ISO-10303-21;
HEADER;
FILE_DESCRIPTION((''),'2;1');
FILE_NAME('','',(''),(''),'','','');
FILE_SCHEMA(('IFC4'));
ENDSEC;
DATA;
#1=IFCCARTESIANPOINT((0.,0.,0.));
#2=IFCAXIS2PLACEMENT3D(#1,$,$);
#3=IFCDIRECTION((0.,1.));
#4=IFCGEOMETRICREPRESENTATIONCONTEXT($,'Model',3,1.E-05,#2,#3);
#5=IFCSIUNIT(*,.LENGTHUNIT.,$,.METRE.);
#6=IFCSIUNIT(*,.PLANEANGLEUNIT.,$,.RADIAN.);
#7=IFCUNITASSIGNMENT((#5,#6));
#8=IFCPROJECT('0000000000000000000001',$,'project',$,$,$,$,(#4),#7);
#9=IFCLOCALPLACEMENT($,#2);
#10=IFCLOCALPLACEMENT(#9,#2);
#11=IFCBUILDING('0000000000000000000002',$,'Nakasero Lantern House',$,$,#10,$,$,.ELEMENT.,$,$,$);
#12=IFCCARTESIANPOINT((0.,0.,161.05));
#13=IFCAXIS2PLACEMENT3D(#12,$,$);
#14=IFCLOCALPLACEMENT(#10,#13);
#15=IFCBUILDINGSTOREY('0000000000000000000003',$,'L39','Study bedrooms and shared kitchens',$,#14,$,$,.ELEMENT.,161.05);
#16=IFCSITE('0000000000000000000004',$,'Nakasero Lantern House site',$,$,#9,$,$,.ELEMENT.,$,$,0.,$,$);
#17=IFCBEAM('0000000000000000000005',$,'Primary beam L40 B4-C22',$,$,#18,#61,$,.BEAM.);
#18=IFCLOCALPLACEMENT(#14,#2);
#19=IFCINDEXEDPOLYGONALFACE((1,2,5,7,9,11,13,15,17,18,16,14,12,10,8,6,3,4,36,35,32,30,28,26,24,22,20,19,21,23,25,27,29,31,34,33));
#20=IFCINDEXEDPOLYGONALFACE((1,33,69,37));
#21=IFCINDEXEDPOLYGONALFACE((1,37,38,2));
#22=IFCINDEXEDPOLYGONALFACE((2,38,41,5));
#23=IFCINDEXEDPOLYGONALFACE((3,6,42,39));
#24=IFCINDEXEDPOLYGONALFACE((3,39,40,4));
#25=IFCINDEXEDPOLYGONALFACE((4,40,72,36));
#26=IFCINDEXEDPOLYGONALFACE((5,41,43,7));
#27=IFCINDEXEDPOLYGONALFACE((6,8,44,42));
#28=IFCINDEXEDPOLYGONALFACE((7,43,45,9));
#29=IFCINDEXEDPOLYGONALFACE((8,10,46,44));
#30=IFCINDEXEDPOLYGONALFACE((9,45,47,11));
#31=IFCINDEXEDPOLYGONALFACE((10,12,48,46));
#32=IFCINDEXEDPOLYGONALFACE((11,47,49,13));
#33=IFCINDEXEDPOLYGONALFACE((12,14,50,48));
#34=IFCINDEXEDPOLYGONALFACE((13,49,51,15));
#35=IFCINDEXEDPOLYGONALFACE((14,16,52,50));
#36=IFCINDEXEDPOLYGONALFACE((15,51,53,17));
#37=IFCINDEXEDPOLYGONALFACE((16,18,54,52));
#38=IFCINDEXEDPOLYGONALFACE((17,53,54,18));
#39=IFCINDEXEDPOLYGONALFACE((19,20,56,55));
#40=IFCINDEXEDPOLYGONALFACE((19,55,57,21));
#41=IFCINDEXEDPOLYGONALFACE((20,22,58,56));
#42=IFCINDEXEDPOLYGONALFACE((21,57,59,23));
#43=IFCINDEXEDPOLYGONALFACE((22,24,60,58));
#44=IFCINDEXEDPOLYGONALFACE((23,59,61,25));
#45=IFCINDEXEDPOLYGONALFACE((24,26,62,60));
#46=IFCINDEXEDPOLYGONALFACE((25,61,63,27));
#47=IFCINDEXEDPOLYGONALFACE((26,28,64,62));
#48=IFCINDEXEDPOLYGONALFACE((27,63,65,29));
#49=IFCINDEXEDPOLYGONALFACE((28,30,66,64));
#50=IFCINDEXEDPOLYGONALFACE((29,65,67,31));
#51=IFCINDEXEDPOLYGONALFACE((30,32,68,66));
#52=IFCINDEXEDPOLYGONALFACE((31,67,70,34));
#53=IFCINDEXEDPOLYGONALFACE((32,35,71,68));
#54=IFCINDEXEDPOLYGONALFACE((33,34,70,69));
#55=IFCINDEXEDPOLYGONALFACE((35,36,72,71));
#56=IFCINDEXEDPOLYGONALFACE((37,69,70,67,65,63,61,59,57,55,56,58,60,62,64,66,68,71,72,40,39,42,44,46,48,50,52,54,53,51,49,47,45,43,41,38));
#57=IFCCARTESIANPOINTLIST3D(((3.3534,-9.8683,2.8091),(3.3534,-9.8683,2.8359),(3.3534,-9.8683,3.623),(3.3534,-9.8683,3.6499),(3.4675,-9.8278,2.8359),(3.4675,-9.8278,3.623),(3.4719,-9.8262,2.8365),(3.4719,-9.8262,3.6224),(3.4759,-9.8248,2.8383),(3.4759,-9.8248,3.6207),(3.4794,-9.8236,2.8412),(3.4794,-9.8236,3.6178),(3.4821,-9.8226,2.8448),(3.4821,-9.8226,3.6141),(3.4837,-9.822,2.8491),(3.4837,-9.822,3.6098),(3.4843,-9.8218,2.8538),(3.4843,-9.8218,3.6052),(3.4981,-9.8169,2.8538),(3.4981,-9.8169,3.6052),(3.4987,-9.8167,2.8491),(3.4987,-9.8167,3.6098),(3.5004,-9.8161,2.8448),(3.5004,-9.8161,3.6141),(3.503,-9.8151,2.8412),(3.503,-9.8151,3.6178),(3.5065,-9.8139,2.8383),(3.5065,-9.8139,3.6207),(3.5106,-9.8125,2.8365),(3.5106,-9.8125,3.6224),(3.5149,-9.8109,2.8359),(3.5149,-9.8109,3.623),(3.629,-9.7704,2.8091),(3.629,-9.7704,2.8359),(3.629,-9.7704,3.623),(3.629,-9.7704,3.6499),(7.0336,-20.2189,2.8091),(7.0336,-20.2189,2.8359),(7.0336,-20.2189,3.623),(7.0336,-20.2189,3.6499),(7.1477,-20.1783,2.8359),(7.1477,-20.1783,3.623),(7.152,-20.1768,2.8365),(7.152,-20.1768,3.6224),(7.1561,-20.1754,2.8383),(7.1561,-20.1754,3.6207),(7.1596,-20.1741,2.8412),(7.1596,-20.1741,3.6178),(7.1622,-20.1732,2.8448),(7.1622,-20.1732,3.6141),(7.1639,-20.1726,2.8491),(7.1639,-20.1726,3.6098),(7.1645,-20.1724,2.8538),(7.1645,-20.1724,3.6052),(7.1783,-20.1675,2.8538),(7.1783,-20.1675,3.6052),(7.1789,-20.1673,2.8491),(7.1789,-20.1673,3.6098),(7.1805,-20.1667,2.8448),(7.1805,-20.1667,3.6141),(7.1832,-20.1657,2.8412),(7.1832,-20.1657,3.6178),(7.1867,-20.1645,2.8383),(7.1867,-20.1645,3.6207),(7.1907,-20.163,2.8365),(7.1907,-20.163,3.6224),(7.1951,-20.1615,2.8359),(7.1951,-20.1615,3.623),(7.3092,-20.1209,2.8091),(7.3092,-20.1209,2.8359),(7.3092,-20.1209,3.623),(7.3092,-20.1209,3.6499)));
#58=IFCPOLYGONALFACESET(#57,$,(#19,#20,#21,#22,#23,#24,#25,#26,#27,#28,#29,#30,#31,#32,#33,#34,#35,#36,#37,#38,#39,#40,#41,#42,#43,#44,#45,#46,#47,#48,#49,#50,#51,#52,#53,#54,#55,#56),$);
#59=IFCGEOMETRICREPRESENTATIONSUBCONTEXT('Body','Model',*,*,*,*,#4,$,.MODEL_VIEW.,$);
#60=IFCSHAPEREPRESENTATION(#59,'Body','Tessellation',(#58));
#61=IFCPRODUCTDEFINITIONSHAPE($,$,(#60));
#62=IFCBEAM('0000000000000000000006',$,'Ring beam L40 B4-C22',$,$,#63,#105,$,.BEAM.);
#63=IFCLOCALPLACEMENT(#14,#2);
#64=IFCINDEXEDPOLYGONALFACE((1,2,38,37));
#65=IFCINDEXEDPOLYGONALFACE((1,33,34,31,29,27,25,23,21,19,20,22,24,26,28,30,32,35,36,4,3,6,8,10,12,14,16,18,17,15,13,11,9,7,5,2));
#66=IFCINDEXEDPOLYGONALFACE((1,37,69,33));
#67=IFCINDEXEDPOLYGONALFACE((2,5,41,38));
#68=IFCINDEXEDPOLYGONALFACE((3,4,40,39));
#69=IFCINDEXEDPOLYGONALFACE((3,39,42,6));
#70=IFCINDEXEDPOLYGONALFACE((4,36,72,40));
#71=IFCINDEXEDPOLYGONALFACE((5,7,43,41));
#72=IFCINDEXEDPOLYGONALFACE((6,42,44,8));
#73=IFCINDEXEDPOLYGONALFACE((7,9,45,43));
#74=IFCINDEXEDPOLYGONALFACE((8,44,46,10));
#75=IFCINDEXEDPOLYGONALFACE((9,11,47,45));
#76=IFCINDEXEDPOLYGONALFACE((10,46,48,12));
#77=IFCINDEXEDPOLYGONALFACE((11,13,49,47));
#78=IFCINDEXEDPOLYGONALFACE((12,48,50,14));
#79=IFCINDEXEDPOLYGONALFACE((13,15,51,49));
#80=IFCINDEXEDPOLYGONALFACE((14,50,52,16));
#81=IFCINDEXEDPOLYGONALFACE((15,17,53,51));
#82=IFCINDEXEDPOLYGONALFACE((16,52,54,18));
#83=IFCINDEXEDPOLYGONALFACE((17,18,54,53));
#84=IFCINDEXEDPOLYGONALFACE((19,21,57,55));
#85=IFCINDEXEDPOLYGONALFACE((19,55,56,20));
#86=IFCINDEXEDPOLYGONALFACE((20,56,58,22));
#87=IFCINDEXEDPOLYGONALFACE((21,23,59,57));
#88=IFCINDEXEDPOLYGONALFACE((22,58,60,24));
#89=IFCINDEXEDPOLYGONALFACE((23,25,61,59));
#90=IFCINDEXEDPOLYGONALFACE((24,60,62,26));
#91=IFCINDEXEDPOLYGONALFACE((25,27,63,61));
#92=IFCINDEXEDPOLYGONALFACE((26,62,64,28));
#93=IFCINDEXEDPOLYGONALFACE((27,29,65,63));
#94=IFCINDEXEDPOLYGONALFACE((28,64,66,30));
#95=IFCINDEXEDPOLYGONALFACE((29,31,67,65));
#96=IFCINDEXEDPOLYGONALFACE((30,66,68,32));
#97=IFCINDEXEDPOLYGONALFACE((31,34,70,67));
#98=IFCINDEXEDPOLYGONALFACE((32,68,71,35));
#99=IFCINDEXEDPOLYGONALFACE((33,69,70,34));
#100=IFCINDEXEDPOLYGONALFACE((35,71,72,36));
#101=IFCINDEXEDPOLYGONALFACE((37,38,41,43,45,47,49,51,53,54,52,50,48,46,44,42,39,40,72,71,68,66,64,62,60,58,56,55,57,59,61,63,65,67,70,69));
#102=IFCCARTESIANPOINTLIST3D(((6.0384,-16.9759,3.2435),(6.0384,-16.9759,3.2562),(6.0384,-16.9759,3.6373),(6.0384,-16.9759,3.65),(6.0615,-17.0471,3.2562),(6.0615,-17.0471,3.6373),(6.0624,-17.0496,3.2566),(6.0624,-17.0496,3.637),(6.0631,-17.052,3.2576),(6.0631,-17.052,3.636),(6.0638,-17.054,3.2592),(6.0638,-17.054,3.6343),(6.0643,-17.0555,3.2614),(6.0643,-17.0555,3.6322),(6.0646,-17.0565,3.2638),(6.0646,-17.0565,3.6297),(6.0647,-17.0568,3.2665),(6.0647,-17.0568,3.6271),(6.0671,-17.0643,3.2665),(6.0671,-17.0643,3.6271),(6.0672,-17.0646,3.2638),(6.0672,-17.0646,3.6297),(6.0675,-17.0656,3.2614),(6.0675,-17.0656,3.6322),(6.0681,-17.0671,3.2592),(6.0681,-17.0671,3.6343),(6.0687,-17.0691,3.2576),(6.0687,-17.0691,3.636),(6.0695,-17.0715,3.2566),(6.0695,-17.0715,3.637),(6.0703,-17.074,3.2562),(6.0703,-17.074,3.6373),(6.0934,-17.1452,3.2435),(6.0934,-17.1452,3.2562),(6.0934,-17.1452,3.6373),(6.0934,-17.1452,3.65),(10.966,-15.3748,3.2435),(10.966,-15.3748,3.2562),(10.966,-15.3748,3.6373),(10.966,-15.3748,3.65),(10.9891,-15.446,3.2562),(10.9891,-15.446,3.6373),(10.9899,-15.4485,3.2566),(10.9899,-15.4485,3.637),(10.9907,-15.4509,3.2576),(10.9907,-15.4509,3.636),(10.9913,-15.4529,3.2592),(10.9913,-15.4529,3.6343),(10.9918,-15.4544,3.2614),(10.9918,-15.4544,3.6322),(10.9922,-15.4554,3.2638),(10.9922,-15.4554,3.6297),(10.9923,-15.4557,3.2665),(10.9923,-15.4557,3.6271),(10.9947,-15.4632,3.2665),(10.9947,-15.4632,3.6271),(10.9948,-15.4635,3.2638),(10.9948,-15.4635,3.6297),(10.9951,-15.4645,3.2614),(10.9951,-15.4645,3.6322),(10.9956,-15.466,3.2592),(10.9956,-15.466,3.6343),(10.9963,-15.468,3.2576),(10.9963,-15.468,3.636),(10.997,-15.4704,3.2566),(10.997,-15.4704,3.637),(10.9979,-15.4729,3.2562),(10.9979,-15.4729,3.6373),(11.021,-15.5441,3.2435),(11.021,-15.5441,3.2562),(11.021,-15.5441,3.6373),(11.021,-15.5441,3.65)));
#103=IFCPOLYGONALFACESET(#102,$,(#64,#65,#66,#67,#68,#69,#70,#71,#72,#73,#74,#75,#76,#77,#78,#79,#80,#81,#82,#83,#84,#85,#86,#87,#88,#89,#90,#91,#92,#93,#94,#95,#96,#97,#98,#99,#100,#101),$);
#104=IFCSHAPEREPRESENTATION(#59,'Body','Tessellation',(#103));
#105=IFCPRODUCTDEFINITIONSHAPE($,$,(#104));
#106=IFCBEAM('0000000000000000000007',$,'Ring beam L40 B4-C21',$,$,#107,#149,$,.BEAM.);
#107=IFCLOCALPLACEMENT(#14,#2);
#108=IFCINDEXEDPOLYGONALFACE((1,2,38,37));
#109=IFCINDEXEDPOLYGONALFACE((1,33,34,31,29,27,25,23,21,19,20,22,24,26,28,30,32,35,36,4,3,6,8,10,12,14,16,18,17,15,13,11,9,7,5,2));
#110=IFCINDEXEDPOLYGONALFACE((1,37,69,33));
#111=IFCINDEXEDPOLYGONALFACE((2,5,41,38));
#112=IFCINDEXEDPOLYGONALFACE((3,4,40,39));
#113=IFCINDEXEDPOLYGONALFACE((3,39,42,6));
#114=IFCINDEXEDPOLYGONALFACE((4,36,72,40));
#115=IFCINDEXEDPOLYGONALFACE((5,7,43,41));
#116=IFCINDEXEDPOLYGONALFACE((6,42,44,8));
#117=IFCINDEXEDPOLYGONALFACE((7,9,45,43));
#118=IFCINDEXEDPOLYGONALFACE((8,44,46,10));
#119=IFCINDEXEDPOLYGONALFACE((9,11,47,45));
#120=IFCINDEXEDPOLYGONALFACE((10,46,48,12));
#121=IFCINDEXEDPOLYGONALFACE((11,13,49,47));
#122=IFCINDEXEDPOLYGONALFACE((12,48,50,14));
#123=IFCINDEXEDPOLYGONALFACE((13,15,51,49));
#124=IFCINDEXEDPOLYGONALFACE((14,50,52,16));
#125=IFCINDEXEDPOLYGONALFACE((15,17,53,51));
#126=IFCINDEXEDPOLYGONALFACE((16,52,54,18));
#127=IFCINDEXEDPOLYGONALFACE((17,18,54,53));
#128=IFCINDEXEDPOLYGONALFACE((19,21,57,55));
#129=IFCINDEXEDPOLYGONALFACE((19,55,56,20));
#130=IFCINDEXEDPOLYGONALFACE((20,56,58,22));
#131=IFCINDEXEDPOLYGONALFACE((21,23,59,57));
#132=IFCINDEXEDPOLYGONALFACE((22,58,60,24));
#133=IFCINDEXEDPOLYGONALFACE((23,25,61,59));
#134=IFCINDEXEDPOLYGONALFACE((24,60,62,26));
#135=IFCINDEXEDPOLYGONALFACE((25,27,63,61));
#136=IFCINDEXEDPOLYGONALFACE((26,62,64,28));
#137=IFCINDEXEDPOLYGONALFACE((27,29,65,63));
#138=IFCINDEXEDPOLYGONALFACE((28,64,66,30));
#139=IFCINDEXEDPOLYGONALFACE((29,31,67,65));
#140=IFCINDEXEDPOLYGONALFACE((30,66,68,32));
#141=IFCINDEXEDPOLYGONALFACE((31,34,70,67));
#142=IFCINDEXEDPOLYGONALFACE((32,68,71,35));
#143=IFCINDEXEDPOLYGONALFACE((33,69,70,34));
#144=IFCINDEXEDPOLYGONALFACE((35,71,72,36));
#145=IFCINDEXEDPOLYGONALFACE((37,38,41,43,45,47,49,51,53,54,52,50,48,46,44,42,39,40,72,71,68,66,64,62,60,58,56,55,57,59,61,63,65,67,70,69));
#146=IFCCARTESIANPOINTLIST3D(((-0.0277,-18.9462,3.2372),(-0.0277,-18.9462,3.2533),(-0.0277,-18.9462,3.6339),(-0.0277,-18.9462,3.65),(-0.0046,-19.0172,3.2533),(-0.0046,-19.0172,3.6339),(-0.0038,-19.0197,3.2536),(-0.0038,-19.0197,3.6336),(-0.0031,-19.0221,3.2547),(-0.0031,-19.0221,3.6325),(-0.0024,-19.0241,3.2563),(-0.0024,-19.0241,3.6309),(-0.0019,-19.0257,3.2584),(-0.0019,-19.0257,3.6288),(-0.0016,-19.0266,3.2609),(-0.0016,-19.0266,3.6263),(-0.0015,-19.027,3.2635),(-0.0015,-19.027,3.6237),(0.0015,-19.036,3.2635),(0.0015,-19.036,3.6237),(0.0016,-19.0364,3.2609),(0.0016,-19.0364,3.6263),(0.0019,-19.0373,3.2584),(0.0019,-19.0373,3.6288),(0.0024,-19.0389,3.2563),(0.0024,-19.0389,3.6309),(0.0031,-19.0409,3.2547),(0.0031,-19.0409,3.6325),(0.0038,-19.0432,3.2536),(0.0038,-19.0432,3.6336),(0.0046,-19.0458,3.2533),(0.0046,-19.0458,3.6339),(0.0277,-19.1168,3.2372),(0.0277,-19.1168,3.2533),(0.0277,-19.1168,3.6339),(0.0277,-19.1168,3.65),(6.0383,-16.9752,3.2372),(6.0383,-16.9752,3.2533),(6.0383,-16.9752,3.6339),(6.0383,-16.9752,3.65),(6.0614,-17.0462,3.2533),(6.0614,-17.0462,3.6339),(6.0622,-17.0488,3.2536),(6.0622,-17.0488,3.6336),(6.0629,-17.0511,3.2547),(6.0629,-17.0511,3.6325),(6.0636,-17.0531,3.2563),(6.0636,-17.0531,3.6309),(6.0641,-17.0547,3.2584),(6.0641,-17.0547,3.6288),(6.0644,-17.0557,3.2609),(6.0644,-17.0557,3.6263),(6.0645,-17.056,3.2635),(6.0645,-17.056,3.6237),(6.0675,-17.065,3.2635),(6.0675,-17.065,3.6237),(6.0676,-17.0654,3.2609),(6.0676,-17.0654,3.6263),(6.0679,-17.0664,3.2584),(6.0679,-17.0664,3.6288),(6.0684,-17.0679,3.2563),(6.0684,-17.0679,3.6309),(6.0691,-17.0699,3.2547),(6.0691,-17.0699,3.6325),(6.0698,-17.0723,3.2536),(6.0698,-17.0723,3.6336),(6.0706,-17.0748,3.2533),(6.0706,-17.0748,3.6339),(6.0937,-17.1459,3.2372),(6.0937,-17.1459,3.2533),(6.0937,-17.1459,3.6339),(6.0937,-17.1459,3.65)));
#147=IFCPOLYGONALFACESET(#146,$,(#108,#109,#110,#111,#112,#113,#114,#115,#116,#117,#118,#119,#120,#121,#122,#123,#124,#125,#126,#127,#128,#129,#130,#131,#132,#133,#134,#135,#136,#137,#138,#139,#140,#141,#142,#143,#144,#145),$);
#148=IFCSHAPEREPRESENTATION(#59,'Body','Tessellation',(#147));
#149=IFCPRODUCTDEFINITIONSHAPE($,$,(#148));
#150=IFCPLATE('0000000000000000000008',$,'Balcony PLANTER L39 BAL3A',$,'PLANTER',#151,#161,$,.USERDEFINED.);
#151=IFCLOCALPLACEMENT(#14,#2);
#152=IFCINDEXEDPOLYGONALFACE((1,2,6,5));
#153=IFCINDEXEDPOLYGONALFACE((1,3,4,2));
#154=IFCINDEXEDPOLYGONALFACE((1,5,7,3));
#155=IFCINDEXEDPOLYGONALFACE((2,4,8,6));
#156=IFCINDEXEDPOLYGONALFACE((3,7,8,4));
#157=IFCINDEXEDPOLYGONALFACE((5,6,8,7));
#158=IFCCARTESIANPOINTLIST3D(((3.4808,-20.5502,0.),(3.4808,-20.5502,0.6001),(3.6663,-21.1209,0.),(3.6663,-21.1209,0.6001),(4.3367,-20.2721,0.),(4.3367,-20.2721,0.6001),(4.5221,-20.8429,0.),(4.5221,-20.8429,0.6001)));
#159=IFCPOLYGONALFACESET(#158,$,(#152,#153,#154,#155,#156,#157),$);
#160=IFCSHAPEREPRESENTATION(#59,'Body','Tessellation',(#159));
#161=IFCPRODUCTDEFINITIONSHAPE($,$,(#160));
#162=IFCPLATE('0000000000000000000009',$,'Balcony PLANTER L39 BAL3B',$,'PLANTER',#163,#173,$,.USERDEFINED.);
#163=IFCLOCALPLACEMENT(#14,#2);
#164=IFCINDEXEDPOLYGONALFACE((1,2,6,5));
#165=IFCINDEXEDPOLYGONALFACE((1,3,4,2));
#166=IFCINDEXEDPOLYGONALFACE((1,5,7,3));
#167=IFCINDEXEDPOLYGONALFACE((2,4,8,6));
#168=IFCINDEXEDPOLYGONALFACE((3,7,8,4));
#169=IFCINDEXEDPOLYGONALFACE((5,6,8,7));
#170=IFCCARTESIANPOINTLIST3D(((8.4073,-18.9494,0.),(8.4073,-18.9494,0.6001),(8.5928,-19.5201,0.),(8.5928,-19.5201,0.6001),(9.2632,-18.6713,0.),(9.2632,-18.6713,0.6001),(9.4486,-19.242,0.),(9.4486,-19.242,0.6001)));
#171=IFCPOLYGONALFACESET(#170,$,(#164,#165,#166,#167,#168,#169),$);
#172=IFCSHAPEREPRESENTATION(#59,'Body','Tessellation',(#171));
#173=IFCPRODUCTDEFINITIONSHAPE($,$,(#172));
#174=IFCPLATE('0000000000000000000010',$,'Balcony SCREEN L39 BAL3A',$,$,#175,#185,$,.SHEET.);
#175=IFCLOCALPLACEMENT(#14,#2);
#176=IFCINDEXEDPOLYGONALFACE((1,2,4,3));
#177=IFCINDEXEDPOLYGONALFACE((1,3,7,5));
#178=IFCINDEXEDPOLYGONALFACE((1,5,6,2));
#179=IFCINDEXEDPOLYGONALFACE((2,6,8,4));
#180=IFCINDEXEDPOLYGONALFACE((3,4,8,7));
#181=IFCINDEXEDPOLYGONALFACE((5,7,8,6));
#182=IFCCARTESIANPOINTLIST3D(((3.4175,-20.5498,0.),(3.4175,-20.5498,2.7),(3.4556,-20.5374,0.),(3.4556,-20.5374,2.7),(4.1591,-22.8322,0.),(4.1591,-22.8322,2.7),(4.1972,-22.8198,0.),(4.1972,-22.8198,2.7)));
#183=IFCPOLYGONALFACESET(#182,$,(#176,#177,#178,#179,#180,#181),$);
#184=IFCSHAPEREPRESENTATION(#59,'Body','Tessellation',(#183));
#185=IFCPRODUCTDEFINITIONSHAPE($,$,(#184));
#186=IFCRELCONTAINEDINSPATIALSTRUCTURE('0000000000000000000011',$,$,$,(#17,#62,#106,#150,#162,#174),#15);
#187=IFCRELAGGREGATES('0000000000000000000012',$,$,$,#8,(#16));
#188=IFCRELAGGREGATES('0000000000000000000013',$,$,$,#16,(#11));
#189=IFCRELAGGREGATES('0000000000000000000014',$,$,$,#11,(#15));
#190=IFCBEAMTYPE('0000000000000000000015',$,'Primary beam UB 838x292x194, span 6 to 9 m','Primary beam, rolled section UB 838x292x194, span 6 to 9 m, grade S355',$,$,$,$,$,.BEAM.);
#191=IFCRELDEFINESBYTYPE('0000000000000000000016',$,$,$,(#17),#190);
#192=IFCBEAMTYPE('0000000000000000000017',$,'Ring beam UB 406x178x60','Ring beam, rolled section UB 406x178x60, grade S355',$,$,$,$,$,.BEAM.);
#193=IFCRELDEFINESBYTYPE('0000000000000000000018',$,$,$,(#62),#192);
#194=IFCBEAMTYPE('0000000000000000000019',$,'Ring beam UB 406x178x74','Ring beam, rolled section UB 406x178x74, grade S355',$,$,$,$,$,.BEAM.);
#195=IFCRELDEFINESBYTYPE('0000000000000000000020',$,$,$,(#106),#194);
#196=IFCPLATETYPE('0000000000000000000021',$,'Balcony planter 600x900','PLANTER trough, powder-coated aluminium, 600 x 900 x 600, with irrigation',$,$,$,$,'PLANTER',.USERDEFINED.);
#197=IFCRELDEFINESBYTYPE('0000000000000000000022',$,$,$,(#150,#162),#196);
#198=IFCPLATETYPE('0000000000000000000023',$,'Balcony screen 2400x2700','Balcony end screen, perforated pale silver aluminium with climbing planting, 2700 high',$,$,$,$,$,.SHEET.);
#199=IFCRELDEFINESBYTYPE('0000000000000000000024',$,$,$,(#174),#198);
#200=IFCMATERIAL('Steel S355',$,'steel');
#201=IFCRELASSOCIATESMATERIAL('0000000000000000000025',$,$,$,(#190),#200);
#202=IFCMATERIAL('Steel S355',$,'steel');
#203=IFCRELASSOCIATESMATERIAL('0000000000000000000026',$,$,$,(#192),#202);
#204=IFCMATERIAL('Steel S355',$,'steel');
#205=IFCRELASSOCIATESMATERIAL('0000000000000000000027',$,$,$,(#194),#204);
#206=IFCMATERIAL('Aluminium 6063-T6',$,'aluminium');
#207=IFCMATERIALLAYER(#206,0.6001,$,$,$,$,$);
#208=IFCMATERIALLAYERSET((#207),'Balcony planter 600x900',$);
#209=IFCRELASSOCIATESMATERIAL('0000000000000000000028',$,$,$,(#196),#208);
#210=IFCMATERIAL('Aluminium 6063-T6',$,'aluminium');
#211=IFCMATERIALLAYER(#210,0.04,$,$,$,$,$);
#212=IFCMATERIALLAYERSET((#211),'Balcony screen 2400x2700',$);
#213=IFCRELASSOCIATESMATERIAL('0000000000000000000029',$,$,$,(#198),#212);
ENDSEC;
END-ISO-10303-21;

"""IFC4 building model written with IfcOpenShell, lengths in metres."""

from ifc_helpers import new_model, si_unit, direction, frame, origin, origin_2d, place, context, subcontext, project, spatial, rectangle, i_section, extrude, material, layer, layer_set, material_profile, profile_set, type_object, element, save


model = new_model("IFC4")

# Units and contexts
model_context = context("Model", 3, precision=1e-05, world=origin(), true_north=direction((0.0, 1.0)))
body_context = subcontext(model_context, "Body", "Model", "MODEL_VIEW")
ifc_project = project(units=[si_unit("LENGTHUNIT", "METRE"), si_unit("PLANEANGLEUNIT", "RADIAN")], contexts=[model_context])

# Site, building, storey
site_placement = place(None, origin())
site = spatial("IfcSite", under=ifc_project, at=site_placement, Name="Nakasero Lantern House site", CompositionType="ELEMENT", RefElevation=0.0)
building_placement = place(site_placement, origin())
building = spatial("IfcBuilding", under=site, at=building_placement, Name="Nakasero Lantern House", CompositionType="ELEMENT")
storey_placement = place(building_placement, frame((0.0, 0.0, 161.05)))
storey = spatial("IfcBuildingStorey", under=building, at=storey_placement, Name="L39", Description="Study bedrooms and shared kitchens", CompositionType="ELEMENT", Elevation=161.05)

# Beams
ifc_material_1 = material(Name="Steel S355", Category="steel")
ifc_material_profile_1 = material_profile(ifc_material_1, i_section(OverallWidth=0.2925, OverallDepth=0.8408, WebThickness=0.0146, FlangeThickness=0.0269, FilletRadius=0.0178, at=origin_2d()), Name="UB 838x292x194")
ifc_profile_set_1 = profile_set([ifc_material_profile_1], Name="Steel S355")
beam_type_1 = type_object("IfcBeamType", Name="Primary beam UB 838x292x194, span 6 to 9 m", Description="Primary beam, rolled section UB 838x292x194, span 6 to 9 m, grade S355", PredefinedType="BEAM", material=ifc_profile_set_1)
beam_1_placement = place(storey_placement, frame((7.1714, -20.1699, 3.2295), z_axis=(-0.335007, 0.942216, 0.0), x_axis=(-0.942216, -0.335007, 0.0)))
element("IfcBeam", 1, at=beam_1_placement, inside=storey, type_object=beam_type_1, Name="Primary beam L40 B4-C22", PredefinedType="BEAM", context=body_context, shape_type="SweptSolid", body=[
    extrude(i_section(OverallWidth=0.2925, OverallDepth=0.8408, WebThickness=0.0146, FlangeThickness=0.0269, FilletRadius=0.0178, at=origin_2d()), origin(), (0.0, 0.0, 1.0), 10.9854),
])
ifc_material_2 = material(Name="Steel S355", Category="steel")
ifc_material_profile_2 = material_profile(ifc_material_2, i_section(OverallWidth=0.178, OverallDepth=0.4065, WebThickness=0.0078, FlangeThickness=0.0127, FilletRadius=0.0103, at=origin_2d()), Name="UB 406x178x60")
ifc_profile_set_2 = profile_set([ifc_material_profile_2], Name="Steel S355")
beam_type_2 = type_object("IfcBeamType", Name="Ring beam UB 406x178x60", Description="Ring beam, rolled section UB 406x178x60, grade S355", PredefinedType="BEAM", material=ifc_profile_set_2)
beam_2_placement = place(storey_placement, frame((6.0659, -17.0605, 3.4468), z_axis=(0.951054, 0.309023, 0.0), x_axis=(-0.309023, 0.951054, 0.0)))
element("IfcBeam", 2, at=beam_2_placement, inside=storey, type_object=beam_type_2, Name="Ring beam L40 B4-C22", PredefinedType="BEAM", context=body_context, shape_type="SweptSolid", body=[
    extrude(i_section(OverallWidth=0.178, OverallDepth=0.4065, WebThickness=0.0078, FlangeThickness=0.0127, FilletRadius=0.0103, at=origin_2d()), origin(), (0.0, 0.0, 1.0), 5.1812),
])
ifc_material_3 = material(Name="Steel S355", Category="steel")
ifc_material_profile_3 = material_profile(ifc_material_3, i_section(OverallWidth=0.1794, OverallDepth=0.4128, WebThickness=0.0095, FlangeThickness=0.0161, FilletRadius=0.0103, at=origin_2d()), Name="UB 406x178x74")
ifc_profile_set_3 = profile_set([ifc_material_profile_3], Name="Steel S355")
beam_type_3 = type_object("IfcBeamType", Name="Ring beam UB 406x178x74", Description="Ring beam, rolled section UB 406x178x74, grade S355", PredefinedType="BEAM", material=ifc_profile_set_3)
beam_3_placement = place(storey_placement, frame((0.0, -19.0315, 3.4436), z_axis=(0.951056, 0.309019, 0.0), x_axis=(-0.309019, 0.951056, 0.0)))
element("IfcBeam", 3, at=beam_3_placement, inside=storey, type_object=beam_type_3, Name="Ring beam L40 B4-C21", PredefinedType="BEAM", context=body_context, shape_type="SweptSolid", body=[
    extrude(i_section(OverallWidth=0.1794, OverallDepth=0.4128, WebThickness=0.0095, FlangeThickness=0.0161, FilletRadius=0.0103, at=origin_2d()), origin(), (0.0, 0.0, 1.0), 6.3782),
])

# Plates
ifc_material_4 = material(Name="Aluminium 6063-T6", Category="aluminium")
ifc_layer_1 = layer(ifc_material_4, 0.6001)
ifc_layer_set_1 = layer_set([ifc_layer_1], Name="Balcony planter 600x900")
plate_type_1 = type_object("IfcPlateType", Name="Balcony planter 600x900", Description="PLANTER trough, powder-coated aluminium, 600 x 900 x 600, with irrigation", ElementType="PLANTER", PredefinedType="USERDEFINED", material=ifc_layer_set_1)
for number, where, z_axis, x_axis, name in (
    (4, (4.0015, -20.6965, 0.0), (0.0, 0.0, 1.0), (0.309017, -0.951057, 0.0), "Balcony PLANTER L39 BAL3A"),
    (5, (8.928, -19.0957, 0.0), (0.0, 0.0, 1.0), (0.309017, -0.951057, 0.0), "Balcony PLANTER L39 BAL3B"),
):
    element("IfcPlate", number, at=place(storey_placement, frame(where, z_axis=z_axis, x_axis=x_axis)), inside=storey, type_object=plate_type_1, Name=name, ObjectType="PLANTER", PredefinedType="USERDEFINED", context=body_context, shape_type="SweptSolid", body=[
        extrude(rectangle(XDim=0.6001, YDim=0.8999, at=origin_2d()), origin(), (0.0, 0.0, 1.0), 0.6001),
    ])
ifc_material_5 = material(Name="Aluminium 6063-T6", Category="aluminium")
ifc_layer_2 = layer(ifc_material_5, 0.04)
ifc_layer_set_2 = layer_set([ifc_layer_2], Name="Balcony screen 2400x2700")
plate_type_2 = type_object("IfcPlateType", Name="Balcony screen 2400x2700", Description="Balcony end screen, perforated pale silver aluminium with climbing planting, 2700 high", PredefinedType="SHEET", material=ifc_layer_set_2)
for number, where, z_axis, x_axis, name in (
    (6, (3.8074, -21.6848, 0.0), (0.0, 0.0, 1.0), (0.309017, -0.951057, 0.0), "Balcony SCREEN L39 BAL3A"),
):
    element("IfcPlate", number, at=place(storey_placement, frame(where, z_axis=z_axis, x_axis=x_axis)), inside=storey, type_object=plate_type_2, Name=name, PredefinedType="SHEET", context=body_context, shape_type="SweptSolid", body=[
        extrude(rectangle(XDim=2.3999, YDim=0.04, at=origin_2d()), origin(), (0.0, 0.0, 1.0), 2.7),
    ])

save(model, "model.ifc")
